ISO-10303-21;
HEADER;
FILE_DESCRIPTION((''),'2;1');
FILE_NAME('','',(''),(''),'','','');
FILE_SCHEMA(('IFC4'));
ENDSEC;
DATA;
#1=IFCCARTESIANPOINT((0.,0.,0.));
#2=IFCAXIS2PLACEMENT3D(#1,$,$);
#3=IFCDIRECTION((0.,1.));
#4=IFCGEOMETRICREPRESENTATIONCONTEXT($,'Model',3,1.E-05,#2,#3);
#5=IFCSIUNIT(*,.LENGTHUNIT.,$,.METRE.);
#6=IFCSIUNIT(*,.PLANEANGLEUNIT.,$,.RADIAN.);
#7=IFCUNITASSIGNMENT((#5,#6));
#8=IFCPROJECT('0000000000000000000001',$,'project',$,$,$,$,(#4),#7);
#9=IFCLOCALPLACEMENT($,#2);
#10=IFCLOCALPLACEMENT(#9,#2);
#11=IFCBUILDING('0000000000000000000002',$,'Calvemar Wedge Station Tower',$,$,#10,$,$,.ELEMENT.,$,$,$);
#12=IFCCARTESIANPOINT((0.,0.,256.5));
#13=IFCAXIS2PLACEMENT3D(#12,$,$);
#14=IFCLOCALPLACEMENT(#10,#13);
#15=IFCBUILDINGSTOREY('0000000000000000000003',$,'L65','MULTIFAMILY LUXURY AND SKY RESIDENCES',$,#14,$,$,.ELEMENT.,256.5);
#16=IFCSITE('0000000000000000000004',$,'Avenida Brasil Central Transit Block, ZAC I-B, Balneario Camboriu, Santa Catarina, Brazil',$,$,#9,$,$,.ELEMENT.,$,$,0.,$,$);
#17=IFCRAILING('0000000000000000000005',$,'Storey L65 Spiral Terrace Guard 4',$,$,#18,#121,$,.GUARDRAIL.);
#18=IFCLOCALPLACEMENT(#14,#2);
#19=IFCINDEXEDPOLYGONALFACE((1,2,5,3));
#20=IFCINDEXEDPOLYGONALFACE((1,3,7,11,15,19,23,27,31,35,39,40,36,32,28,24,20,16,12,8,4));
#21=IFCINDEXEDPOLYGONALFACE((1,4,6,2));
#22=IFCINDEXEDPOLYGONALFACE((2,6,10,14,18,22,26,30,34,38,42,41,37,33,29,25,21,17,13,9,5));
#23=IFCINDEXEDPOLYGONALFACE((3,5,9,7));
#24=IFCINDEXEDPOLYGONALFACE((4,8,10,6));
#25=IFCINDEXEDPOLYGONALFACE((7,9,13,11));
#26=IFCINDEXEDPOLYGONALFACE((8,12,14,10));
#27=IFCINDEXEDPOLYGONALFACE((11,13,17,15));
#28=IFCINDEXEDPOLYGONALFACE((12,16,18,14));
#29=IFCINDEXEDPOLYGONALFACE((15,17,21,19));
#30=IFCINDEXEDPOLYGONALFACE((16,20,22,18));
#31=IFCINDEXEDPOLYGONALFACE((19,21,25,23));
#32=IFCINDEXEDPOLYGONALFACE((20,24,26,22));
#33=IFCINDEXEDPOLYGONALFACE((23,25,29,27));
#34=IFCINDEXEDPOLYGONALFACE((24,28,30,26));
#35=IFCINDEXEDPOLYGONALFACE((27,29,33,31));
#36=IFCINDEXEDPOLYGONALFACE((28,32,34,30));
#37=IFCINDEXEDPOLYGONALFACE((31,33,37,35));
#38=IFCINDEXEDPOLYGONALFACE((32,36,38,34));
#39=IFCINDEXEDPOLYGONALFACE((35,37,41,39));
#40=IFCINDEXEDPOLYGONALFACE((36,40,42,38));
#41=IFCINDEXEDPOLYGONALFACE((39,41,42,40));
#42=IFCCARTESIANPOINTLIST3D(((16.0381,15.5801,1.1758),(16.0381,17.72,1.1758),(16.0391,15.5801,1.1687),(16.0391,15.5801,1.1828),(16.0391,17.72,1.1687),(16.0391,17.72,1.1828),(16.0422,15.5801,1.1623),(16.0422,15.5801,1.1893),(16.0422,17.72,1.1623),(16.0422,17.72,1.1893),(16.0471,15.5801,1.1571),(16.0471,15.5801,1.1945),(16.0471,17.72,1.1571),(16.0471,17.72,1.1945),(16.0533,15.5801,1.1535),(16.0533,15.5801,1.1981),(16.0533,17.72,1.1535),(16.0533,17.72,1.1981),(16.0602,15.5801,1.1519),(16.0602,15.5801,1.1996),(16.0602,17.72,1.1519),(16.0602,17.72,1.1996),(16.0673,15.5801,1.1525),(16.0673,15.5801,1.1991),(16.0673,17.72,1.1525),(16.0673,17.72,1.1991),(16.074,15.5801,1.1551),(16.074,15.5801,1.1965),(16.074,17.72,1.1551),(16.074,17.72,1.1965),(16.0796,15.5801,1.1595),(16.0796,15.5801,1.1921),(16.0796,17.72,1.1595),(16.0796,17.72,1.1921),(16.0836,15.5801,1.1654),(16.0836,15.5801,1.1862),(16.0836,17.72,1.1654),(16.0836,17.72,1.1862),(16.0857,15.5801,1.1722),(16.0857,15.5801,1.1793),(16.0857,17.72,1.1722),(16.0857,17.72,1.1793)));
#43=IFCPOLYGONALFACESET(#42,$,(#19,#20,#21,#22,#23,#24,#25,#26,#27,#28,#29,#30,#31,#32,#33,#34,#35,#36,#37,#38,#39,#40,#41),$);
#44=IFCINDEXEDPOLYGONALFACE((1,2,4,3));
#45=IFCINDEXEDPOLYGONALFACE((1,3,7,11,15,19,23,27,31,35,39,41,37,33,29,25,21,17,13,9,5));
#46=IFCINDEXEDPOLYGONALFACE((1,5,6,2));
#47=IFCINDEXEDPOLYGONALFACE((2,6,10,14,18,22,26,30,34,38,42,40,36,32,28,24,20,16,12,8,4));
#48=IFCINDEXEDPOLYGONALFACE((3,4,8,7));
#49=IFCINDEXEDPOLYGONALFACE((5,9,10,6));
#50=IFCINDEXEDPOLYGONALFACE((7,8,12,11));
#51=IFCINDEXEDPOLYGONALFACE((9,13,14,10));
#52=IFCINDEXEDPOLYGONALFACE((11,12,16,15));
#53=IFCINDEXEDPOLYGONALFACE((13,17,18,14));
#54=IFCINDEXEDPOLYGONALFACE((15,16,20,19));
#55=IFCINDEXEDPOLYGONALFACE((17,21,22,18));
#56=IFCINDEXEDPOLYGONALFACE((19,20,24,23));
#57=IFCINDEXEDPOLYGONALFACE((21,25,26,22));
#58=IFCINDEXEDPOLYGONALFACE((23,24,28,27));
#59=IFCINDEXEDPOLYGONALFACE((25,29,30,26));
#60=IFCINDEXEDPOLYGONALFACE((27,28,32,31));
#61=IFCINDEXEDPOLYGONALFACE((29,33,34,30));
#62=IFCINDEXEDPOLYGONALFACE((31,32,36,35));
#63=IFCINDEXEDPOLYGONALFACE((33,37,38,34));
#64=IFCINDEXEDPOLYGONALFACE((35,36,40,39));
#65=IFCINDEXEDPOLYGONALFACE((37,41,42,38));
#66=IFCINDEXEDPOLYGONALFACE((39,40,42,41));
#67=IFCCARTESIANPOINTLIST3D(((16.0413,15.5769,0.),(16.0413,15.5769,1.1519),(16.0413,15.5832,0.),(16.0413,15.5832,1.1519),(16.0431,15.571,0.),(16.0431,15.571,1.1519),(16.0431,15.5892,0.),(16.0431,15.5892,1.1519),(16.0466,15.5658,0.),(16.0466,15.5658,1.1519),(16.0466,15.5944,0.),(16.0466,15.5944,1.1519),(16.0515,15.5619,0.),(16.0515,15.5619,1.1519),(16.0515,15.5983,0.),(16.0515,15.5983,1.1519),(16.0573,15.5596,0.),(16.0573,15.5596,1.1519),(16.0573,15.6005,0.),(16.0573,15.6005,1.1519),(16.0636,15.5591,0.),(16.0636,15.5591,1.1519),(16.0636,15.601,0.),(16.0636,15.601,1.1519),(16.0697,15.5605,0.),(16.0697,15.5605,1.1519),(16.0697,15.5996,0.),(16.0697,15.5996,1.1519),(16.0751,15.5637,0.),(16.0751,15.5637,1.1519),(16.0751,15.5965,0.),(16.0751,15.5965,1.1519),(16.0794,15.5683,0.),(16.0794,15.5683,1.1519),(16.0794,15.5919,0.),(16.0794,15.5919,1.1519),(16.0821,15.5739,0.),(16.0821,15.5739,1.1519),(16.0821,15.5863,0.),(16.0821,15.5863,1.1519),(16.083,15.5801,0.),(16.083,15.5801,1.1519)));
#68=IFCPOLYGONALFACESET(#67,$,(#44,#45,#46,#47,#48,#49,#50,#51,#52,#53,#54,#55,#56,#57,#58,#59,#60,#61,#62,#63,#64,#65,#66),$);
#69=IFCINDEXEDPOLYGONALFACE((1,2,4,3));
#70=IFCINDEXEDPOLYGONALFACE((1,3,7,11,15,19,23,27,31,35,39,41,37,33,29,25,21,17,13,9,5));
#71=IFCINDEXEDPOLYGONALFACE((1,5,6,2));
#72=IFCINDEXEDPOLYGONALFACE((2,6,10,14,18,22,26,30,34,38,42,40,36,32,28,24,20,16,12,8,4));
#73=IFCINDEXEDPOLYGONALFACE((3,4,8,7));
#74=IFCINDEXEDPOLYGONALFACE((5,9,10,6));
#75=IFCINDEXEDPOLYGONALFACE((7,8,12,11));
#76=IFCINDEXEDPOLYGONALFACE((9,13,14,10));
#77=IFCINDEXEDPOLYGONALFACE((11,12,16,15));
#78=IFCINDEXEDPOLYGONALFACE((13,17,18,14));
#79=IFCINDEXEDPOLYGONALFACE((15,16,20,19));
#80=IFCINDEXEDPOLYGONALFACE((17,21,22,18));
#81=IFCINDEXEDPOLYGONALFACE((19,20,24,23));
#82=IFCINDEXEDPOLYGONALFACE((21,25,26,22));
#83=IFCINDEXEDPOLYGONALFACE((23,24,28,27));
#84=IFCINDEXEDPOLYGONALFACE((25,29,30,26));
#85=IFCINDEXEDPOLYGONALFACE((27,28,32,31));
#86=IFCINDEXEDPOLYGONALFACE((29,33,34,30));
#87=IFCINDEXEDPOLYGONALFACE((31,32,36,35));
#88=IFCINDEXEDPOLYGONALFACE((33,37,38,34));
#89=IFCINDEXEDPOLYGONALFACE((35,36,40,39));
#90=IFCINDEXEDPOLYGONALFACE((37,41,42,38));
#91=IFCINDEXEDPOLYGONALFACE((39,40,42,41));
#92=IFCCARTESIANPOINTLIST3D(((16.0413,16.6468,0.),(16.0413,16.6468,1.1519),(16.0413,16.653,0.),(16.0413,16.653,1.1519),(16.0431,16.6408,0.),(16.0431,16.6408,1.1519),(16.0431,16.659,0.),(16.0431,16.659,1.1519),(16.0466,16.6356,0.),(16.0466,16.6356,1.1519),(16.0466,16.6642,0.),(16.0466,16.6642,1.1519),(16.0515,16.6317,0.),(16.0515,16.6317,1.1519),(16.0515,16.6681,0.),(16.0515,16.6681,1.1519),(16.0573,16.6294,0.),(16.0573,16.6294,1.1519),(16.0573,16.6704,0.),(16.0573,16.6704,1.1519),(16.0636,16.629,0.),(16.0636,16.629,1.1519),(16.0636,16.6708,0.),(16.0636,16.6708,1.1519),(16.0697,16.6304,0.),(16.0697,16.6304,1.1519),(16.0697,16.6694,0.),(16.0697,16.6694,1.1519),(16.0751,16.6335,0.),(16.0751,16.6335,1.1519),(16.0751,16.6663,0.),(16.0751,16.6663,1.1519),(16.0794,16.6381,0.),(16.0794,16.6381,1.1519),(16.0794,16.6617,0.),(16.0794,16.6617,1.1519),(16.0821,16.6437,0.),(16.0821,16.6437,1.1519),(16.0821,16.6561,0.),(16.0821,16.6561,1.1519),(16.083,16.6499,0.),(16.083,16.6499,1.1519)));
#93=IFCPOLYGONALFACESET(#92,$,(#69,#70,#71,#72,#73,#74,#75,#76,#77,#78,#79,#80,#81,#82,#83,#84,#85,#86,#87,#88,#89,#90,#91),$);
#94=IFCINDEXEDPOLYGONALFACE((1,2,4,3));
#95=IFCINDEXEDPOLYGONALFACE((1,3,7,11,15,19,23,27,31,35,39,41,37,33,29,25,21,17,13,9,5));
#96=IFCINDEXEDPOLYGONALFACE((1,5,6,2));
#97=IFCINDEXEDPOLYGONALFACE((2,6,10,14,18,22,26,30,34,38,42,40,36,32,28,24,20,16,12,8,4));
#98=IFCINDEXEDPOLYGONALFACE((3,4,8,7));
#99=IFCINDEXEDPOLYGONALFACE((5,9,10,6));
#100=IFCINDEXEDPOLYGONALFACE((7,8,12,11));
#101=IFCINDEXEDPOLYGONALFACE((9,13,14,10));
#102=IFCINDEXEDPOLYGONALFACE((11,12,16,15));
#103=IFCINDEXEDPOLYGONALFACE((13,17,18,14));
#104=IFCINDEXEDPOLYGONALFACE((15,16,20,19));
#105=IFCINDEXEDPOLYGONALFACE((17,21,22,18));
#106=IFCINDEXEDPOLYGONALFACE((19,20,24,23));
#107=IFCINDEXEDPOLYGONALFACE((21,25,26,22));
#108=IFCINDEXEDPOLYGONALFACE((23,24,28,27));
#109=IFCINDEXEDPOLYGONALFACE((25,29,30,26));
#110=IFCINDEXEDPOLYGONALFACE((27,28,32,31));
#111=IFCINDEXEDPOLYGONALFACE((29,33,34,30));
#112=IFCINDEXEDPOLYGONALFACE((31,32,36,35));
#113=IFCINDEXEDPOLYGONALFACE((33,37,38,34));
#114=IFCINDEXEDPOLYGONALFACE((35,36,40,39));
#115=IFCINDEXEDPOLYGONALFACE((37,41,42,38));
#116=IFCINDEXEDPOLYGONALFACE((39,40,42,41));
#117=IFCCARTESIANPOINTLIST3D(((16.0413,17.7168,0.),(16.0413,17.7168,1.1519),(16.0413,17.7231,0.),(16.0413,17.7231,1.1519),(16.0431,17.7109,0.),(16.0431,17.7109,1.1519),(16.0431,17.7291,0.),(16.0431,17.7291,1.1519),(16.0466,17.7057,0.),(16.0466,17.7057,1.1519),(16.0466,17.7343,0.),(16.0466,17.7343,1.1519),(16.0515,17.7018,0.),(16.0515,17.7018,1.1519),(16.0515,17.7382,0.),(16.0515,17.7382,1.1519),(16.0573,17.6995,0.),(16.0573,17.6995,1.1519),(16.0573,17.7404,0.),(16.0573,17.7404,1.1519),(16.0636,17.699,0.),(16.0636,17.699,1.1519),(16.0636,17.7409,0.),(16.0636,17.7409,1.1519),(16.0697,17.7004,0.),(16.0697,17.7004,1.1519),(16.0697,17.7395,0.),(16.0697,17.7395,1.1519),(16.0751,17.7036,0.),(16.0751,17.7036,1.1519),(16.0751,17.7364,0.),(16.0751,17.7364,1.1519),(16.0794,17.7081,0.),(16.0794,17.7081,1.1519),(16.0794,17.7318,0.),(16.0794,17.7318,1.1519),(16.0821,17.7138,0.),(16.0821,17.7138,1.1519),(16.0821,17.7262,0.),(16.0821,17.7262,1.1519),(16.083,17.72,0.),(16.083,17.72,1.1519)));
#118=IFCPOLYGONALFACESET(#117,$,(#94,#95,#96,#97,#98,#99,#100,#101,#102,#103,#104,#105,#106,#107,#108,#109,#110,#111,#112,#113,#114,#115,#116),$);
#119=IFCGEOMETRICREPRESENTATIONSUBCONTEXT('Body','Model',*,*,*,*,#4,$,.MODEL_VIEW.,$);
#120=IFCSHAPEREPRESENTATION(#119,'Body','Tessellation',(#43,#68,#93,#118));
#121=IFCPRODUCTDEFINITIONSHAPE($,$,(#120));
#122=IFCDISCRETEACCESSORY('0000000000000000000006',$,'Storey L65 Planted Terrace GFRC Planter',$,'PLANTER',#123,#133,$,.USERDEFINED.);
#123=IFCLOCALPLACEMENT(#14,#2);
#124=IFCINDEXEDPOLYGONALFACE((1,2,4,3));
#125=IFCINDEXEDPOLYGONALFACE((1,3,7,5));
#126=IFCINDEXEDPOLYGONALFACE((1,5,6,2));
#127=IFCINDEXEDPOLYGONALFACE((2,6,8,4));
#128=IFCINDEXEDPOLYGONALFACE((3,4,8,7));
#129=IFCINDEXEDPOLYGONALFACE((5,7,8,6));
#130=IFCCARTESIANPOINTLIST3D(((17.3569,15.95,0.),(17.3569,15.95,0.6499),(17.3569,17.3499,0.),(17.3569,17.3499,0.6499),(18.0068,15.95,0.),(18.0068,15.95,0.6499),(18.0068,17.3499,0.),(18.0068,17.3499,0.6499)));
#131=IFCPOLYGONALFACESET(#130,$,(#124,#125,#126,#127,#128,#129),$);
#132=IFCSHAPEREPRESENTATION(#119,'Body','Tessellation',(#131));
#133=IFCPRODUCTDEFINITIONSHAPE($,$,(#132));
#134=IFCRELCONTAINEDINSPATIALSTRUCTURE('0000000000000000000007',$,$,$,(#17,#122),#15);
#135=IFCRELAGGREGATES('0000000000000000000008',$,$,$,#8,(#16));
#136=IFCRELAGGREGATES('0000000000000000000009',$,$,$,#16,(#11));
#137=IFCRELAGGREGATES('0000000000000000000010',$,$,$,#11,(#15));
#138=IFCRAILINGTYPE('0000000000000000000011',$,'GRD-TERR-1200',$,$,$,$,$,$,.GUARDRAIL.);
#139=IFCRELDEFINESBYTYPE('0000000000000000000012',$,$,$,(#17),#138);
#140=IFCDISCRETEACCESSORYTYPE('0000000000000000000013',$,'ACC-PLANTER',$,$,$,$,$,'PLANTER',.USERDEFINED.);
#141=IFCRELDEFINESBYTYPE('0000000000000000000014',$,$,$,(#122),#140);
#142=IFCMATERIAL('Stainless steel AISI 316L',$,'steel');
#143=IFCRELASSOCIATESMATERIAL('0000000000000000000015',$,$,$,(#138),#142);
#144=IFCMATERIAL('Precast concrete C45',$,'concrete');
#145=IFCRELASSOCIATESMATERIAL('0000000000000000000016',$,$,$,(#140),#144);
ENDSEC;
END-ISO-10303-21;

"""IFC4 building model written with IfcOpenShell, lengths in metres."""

from ifc_helpers import new_model, si_unit, direction, frame, origin, origin_2d, place, context, subcontext, project, spatial, rectangle, circle, extrude, source, transform, mapped, material, type_object, element, save


model = new_model("IFC4")

# Units and contexts
model_context = context("Model", 3, precision=1e-05, world=origin(), true_north=direction((0.0, 1.0)))
body_context = subcontext(model_context, "Body", "Model", "MODEL_VIEW")
ifc_project = project(units=[si_unit("LENGTHUNIT", "METRE"), si_unit("PLANEANGLEUNIT", "RADIAN")], contexts=[model_context])

# Site, building, storey
site_placement = place(None, origin())
site = spatial("IfcSite", under=ifc_project, at=site_placement, Name="Avenida Brasil Central Transit Block, ZAC I-B, Balneario Camboriu, Santa Catarina, Brazil", CompositionType="ELEMENT", RefElevation=0.0)
building_placement = place(site_placement, origin())
building = spatial("IfcBuilding", under=site, at=building_placement, Name="Calvemar Wedge Station Tower", CompositionType="ELEMENT")
storey_placement = place(building_placement, frame((0.0, 0.0, 256.5)))
storey = spatial("IfcBuildingStorey", under=building, at=storey_placement, Name="L65", Description="MULTIFAMILY LUXURY AND SKY RESIDENCES", CompositionType="ELEMENT", Elevation=256.5)

# Shared definitions
ifc_material_1 = material(Name="Precast concrete C45", Category="concrete")

# Railing
ifc_material_2 = material(Name="Stainless steel AISI 316L", Category="steel")
railing_type = type_object("IfcRailingType", Name="GRD-TERR-1200", PredefinedType="GUARDRAIL", material=ifc_material_2)
railing_1_placement = place(storey_placement, frame((16.062, 15.5801, 0.0)))
element("IfcRailing", 1, at=railing_1_placement, inside=storey, type_object=railing_type, Name="Storey L65 Spiral Terrace Guard 4", PredefinedType="GUARDRAIL", context=body_context, shape_type="SweptSolid", body=[
    extrude(circle(Radius=0.0239, at=origin_2d()), frame((0.0, 0.0, 1.1758), z_axis=(0.0, 1.0, 0.0), x_axis=(-1.0, 0.0, 0.0)), (0.0, 0.0, 1.0), 2.1399),
    extrude(circle(Radius=0.021, at=origin_2d()), origin(), (0.0, 0.0, 1.0), 1.1519),
    extrude(circle(Radius=0.021, at=origin_2d()), frame((0.0, 1.0698, 0.0)), (0.0, 0.0, 1.0), 1.1519),
    extrude(circle(Radius=0.021, at=origin_2d()), frame((0.0, 2.1399, 0.0)), (0.0, 0.0, 1.0), 1.1519),
])

# Discrete accessory
discrete_accessory_type = type_object("IfcDiscreteAccessoryType", Name="ACC-PLANTER", ElementType="PLANTER", PredefinedType="USERDEFINED", material=ifc_material_1)
shared_shape_1 = source(origin(), body_context, "Body", "SweptSolid", [
    extrude(rectangle(XDim=0.6499, YDim=1.3999, at=origin_2d()), origin(), (0.0, 0.0, 1.0), 0.6499),
])
discrete_accessory_placement = place(storey_placement, frame((17.6819, 16.6499, 0.0), z_axis=(0.0, 0.0, 1.0), x_axis=(1.0, 0.0, 0.0)))
element("IfcDiscreteAccessory", 2, at=discrete_accessory_placement, inside=storey, type_object=discrete_accessory_type, Name="Storey L65 Planted Terrace GFRC Planter", ObjectType="PLANTER", PredefinedType="USERDEFINED", context=body_context, shape_type="MappedRepresentation", body=[
    mapped(shared_shape_1, transform((0.0, 0.0, 0.0), scale=1.0)),
])

save(model, "model.ifc")
